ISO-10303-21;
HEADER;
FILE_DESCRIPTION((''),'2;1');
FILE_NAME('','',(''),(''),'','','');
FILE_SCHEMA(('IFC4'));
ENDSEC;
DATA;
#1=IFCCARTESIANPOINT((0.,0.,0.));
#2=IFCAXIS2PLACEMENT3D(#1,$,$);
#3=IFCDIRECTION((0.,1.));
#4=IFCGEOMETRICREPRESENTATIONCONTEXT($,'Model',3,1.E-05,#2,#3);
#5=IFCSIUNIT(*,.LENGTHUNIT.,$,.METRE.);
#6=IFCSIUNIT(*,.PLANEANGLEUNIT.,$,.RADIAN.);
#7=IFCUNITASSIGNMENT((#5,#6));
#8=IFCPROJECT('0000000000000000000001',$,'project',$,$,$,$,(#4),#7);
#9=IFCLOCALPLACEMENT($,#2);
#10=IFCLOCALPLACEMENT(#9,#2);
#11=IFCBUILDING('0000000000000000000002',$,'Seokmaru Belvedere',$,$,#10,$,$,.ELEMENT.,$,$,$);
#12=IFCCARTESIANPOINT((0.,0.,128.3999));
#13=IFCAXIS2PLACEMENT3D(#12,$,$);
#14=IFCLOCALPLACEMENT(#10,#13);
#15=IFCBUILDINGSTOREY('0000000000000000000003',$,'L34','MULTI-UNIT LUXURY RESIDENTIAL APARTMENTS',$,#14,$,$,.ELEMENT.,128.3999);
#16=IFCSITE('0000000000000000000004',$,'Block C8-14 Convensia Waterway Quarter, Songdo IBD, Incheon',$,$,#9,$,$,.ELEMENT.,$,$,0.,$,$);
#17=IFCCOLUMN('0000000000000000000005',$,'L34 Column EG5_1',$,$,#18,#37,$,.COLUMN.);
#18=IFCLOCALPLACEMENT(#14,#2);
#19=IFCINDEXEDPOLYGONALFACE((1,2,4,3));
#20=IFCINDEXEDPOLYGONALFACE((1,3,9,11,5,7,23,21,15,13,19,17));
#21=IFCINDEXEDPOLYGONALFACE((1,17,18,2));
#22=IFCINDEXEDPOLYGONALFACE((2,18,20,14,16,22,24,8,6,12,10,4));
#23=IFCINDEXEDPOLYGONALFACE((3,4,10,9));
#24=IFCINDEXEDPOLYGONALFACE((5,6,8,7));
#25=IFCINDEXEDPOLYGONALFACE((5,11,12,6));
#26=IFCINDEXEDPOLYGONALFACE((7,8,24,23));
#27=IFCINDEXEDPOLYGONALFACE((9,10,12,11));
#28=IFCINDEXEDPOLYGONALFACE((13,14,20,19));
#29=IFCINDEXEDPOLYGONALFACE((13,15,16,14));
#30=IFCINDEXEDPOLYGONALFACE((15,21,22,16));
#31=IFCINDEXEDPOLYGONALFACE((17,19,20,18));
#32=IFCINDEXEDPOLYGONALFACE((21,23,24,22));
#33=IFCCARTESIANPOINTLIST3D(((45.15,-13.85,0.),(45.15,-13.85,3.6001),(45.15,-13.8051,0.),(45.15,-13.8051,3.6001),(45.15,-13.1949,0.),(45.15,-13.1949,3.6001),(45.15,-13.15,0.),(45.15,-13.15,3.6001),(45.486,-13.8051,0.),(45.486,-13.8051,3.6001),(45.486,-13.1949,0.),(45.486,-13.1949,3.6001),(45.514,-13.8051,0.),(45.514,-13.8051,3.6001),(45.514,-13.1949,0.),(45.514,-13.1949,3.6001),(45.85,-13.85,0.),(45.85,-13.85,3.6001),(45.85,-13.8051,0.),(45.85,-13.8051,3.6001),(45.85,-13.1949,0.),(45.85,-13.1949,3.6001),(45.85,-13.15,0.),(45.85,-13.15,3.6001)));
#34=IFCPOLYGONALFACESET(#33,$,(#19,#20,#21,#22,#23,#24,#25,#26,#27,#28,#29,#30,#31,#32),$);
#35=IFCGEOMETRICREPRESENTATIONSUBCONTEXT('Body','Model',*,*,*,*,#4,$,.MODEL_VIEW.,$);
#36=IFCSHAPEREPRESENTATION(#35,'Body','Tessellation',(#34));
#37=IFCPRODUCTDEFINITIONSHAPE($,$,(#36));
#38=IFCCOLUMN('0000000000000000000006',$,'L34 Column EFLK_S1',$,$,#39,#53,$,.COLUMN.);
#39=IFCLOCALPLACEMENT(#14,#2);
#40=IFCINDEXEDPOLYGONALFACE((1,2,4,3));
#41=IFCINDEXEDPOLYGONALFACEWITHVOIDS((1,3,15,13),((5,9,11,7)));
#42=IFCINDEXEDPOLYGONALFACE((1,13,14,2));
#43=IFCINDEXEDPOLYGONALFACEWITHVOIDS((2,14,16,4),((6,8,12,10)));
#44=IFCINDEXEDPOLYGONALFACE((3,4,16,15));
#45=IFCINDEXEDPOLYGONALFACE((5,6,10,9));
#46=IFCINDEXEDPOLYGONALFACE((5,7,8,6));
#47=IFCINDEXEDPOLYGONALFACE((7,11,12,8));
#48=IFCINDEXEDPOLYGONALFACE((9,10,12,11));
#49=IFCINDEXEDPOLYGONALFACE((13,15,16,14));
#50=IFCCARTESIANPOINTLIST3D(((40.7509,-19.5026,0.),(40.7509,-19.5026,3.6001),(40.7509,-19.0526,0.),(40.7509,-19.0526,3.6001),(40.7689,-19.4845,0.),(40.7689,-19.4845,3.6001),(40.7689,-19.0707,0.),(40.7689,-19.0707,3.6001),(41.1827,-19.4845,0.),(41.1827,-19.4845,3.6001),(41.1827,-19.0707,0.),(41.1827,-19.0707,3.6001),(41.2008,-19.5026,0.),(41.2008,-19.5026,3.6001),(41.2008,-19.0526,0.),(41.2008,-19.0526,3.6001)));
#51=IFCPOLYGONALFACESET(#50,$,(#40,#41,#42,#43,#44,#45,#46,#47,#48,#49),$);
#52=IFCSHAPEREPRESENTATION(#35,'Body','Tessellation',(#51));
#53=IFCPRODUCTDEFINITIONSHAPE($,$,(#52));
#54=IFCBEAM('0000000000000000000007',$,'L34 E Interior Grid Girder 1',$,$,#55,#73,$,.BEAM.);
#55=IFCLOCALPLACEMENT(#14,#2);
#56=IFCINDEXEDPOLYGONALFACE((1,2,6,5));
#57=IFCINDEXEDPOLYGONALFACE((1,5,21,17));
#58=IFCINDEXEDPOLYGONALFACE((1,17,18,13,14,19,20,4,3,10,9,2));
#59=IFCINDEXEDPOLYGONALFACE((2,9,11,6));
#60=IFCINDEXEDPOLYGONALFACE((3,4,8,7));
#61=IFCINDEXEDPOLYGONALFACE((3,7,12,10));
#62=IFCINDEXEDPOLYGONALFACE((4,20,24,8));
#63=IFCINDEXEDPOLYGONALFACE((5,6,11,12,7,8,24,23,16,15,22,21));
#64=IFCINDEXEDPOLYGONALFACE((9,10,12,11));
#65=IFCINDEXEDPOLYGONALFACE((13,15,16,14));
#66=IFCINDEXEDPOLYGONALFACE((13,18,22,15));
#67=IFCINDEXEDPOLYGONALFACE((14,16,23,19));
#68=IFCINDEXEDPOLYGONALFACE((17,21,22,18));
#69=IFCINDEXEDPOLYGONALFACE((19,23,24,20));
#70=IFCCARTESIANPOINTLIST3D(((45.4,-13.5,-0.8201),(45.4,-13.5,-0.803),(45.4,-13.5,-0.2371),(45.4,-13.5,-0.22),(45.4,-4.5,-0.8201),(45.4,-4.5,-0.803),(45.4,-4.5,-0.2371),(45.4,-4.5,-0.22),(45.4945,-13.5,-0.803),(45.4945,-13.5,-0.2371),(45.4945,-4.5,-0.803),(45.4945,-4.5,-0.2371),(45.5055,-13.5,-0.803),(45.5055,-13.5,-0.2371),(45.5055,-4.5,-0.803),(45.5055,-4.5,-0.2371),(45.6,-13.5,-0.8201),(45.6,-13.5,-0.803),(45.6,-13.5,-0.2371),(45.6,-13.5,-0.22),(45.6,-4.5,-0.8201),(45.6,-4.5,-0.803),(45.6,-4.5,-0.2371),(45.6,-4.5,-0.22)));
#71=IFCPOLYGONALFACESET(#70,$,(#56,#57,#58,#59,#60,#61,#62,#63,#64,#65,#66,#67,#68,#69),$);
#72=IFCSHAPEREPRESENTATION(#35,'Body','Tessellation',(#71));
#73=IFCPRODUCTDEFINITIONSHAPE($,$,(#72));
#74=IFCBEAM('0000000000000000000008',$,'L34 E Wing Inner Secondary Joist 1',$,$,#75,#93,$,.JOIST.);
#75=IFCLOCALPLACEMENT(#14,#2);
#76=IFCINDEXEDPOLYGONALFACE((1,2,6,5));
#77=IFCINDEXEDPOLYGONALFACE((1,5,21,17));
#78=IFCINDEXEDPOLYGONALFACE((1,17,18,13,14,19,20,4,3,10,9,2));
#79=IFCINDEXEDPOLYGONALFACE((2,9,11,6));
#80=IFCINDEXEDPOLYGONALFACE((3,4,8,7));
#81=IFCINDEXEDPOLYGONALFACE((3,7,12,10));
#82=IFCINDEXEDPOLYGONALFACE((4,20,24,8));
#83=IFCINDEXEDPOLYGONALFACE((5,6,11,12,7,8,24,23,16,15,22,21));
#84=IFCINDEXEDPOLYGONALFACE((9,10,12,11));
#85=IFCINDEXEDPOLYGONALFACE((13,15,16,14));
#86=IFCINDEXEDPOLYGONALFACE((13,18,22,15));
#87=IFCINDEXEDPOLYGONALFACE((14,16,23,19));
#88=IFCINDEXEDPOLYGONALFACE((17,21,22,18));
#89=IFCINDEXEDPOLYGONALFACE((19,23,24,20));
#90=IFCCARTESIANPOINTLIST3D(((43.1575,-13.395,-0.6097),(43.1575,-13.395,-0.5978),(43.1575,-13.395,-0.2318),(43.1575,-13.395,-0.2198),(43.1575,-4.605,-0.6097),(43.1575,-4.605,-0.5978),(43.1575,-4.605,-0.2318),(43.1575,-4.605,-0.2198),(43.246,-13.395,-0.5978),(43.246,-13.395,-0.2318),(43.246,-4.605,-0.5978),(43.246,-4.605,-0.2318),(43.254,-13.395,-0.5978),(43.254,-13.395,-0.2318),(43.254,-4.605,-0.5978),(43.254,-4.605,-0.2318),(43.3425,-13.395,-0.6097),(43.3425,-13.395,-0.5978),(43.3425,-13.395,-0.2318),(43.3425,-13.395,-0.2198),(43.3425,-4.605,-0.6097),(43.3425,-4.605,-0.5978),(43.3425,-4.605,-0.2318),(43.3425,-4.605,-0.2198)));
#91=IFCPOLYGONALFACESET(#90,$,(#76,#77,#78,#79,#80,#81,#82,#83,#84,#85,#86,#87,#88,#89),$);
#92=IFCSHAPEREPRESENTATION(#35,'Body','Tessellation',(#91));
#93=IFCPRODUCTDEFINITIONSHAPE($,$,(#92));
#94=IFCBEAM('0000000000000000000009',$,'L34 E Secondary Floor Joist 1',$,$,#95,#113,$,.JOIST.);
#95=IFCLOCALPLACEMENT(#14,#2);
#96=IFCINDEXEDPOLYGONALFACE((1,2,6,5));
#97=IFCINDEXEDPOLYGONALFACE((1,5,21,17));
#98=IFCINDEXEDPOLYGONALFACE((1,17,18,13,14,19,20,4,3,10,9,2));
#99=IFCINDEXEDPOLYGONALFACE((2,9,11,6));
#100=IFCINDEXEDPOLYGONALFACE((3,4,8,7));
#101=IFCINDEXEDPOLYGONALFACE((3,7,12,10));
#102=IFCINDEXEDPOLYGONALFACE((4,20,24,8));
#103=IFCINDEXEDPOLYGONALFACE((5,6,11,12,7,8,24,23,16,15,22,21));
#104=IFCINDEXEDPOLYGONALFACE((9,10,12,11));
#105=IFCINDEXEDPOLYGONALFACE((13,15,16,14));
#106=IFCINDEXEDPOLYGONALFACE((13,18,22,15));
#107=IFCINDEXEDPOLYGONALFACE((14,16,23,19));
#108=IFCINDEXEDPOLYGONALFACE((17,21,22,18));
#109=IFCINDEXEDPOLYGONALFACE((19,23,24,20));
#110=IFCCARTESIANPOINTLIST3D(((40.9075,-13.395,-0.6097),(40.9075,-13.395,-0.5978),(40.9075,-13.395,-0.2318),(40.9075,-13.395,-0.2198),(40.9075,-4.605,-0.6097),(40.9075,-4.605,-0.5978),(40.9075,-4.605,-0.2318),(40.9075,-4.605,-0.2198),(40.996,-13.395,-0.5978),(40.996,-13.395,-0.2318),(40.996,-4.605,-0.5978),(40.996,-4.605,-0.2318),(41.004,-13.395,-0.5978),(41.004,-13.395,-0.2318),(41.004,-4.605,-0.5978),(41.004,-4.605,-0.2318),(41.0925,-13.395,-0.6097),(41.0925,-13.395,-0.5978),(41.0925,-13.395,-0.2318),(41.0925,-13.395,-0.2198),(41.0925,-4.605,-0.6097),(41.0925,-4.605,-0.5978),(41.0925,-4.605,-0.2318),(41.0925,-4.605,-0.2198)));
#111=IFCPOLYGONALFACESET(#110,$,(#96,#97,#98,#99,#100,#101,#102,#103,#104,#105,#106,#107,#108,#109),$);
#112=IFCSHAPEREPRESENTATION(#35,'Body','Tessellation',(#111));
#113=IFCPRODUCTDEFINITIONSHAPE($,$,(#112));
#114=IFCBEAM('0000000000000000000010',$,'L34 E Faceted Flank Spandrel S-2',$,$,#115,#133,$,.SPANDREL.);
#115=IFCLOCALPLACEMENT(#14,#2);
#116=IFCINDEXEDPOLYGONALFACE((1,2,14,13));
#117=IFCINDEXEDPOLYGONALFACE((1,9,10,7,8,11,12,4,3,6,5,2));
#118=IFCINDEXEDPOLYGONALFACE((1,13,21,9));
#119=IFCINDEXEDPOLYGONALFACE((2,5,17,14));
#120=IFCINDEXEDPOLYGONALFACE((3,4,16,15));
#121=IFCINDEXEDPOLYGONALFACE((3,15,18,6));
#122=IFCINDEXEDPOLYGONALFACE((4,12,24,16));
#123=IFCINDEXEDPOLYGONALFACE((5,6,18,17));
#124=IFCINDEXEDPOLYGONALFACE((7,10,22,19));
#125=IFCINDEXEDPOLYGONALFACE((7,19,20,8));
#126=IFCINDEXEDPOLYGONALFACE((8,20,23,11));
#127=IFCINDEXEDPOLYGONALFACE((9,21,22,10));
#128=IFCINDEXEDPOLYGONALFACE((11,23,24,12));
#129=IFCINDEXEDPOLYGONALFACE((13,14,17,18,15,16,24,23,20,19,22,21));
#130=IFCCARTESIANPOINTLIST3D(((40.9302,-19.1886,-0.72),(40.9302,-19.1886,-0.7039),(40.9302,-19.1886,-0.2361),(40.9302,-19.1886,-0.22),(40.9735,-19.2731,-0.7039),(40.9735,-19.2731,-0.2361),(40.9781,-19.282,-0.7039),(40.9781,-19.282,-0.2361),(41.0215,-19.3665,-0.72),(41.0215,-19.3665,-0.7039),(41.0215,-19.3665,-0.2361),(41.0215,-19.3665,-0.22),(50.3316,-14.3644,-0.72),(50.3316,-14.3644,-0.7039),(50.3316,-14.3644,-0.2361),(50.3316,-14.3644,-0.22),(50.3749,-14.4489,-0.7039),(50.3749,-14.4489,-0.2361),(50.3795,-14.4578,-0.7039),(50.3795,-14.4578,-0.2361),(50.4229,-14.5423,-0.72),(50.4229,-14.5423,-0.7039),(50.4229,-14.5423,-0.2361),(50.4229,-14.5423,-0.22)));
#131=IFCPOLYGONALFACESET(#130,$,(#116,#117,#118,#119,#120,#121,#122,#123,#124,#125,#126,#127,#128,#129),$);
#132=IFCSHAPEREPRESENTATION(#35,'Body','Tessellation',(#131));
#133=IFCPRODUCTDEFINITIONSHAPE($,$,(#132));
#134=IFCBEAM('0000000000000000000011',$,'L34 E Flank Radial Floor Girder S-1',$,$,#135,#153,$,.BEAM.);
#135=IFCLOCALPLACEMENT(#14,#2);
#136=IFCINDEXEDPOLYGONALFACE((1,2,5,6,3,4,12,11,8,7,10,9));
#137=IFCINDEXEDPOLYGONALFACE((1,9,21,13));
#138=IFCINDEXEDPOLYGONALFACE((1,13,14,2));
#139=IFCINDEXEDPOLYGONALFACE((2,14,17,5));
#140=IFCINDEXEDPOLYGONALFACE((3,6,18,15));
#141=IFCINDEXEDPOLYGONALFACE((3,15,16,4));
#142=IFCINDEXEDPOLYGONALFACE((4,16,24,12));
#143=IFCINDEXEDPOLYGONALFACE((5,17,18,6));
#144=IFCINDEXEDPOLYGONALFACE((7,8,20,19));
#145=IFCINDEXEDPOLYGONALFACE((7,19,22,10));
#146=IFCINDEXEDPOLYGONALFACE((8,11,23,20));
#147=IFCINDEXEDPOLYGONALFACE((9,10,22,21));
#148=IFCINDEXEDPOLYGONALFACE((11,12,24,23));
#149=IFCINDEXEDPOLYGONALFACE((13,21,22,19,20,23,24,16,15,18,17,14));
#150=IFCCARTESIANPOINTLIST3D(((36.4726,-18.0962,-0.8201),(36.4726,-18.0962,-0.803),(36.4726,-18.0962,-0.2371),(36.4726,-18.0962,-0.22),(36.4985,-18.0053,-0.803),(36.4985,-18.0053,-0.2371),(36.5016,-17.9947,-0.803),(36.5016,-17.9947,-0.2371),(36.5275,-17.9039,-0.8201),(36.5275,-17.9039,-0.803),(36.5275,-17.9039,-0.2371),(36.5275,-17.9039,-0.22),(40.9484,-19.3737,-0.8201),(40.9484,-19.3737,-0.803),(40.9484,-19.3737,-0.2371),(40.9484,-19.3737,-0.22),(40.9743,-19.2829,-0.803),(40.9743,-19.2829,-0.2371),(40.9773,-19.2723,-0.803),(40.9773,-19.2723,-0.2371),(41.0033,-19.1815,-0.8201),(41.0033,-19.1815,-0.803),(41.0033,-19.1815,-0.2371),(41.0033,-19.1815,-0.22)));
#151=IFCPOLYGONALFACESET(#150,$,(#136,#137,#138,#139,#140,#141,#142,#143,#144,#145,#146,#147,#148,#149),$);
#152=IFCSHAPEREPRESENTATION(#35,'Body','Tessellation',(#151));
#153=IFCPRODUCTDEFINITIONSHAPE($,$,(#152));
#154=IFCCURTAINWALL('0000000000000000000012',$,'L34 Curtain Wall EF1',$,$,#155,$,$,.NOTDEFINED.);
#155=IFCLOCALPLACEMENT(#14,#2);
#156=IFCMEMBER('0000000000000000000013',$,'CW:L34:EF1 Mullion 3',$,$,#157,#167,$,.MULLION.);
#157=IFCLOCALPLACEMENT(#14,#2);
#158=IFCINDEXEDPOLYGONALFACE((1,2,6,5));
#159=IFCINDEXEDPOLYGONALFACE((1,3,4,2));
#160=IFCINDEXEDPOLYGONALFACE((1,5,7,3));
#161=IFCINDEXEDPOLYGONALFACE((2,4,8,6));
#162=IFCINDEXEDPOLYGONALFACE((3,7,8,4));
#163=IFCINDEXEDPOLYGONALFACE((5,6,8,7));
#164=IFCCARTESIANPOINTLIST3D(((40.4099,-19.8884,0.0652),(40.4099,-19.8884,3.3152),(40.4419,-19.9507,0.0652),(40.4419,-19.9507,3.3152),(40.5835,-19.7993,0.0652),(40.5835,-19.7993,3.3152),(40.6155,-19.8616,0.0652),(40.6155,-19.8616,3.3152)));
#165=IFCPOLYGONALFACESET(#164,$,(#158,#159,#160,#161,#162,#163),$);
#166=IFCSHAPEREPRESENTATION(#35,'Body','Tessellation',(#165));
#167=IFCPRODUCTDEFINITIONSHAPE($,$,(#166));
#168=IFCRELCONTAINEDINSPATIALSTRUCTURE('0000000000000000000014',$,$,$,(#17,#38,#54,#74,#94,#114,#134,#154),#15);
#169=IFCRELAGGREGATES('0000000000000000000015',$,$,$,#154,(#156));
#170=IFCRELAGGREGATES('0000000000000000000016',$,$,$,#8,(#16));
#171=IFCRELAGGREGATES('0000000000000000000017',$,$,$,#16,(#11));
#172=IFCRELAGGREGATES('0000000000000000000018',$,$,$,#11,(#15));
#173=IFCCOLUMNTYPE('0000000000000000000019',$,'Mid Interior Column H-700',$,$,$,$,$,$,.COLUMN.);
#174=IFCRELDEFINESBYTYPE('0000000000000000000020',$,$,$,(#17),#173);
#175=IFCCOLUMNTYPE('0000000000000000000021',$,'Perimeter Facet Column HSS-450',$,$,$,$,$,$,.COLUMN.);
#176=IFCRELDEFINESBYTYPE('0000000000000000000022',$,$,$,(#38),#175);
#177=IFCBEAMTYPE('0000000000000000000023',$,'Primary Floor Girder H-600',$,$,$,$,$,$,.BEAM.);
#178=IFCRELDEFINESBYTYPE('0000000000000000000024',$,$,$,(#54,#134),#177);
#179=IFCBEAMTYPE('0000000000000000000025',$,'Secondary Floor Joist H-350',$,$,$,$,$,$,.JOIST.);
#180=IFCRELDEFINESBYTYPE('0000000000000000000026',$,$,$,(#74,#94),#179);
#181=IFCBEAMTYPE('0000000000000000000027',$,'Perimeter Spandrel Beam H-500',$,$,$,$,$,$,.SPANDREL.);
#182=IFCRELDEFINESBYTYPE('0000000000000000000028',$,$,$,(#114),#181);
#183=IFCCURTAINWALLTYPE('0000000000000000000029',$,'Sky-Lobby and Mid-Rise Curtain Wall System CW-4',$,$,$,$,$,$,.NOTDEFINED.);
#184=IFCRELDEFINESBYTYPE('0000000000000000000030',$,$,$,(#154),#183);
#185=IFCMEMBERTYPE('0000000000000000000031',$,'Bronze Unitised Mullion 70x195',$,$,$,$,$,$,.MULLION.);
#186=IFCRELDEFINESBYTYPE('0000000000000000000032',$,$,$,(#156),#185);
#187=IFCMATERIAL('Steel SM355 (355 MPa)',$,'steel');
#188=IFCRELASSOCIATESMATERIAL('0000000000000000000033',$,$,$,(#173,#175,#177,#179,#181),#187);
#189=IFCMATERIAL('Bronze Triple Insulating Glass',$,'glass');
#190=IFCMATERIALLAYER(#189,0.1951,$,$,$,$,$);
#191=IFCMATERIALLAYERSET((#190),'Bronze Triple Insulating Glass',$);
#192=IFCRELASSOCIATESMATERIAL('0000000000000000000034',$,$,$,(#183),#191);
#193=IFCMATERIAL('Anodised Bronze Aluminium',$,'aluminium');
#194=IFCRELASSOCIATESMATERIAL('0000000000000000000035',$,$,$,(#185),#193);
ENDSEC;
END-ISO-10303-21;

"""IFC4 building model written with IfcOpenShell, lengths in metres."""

from ifc_helpers import new_model, si_unit, direction, frame, origin, origin_2d, place, context, subcontext, project, spatial, rectangle, hollow_rectangle, i_section, extrude, source, transform, mapped, material, layer, layer_set, material_profile, profile_set, type_object, type_shapes, element, aggregate, save


model = new_model("IFC4")

# Units and contexts
model_context = context("Model", 3, precision=1e-05, world=origin(), true_north=direction((0.0, 1.0)))
body_context = subcontext(model_context, "Body", "Model", "MODEL_VIEW")
ifc_project = project(units=[si_unit("LENGTHUNIT", "METRE"), si_unit("PLANEANGLEUNIT", "RADIAN")], contexts=[model_context])

# Site, building, storey
site_placement = place(None, origin())
site = spatial("IfcSite", under=ifc_project, at=site_placement, Name="Block C8-14 Convensia Waterway Quarter, Songdo IBD, Incheon", CompositionType="ELEMENT", RefElevation=0.0)
building_placement = place(site_placement, origin())
building = spatial("IfcBuilding", under=site, at=building_placement, Name="Seokmaru Belvedere", CompositionType="ELEMENT")
storey_placement = place(building_placement, frame((0.0, 0.0, 128.3999)))
storey = spatial("IfcBuildingStorey", under=building, at=storey_placement, Name="L34", Description="MULTI-UNIT LUXURY RESIDENTIAL APARTMENTS", CompositionType="ELEMENT", Elevation=128.3999)

# Columns
ifc_material_1 = material(Name="Steel SM355 (355 MPa)", Category="steel")
ifc_material_profile_1 = material_profile(ifc_material_1, i_section(OverallWidth=0.7, OverallDepth=0.7, WebThickness=0.0281, FlangeThickness=0.0449, at=origin_2d()), Name="H-700x700x28x45")
ifc_profile_set_1 = profile_set([ifc_material_profile_1], Name="Steel SM355 (355 MPa)")
column_type_1 = type_object("IfcColumnType", Name="Mid Interior Column H-700", PredefinedType="COLUMN", material=ifc_profile_set_1)
shared_shape_1 = source(origin(), body_context, "Body", "SweptSolid", [
    extrude(i_section(OverallWidth=0.7, OverallDepth=0.7, WebThickness=0.0281, FlangeThickness=0.0449, at=origin_2d()), origin(), (0.0, 0.0, 1.0), 3.6001),
])
type_shapes(column_type_1, [shared_shape_1])
column_1_placement = place(storey_placement, frame((45.5, -13.5, 0.0), z_axis=(0.0, 0.0, 1.0), x_axis=(1.0, 0.0, 0.0)))
element("IfcColumn", 1, at=column_1_placement, inside=storey, type_object=column_type_1, Name="L34 Column EG5_1", PredefinedType="COLUMN", context=body_context, shape_type="MappedRepresentation", body=[
    mapped(shared_shape_1, transform((0.0, 0.0, 0.0), scale=1.0)),
])
ifc_material_profile_2 = material_profile(ifc_material_1, hollow_rectangle(XDim=0.45, YDim=0.45, WallThickness=0.0181, at=origin_2d()), Name="HSS-450x450x18")
ifc_profile_set_2 = profile_set([ifc_material_profile_2], Name="Steel SM355 (355 MPa)")
column_type_2 = type_object("IfcColumnType", Name="Perimeter Facet Column HSS-450", PredefinedType="COLUMN", material=ifc_profile_set_2)
shared_shape_2 = source(origin(), body_context, "Body", "SweptSolid", [
    extrude(hollow_rectangle(XDim=0.45, YDim=0.45, WallThickness=0.0181, at=origin_2d()), origin(), (0.0, 0.0, 1.0), 3.6001),
])
type_shapes(column_type_2, [shared_shape_2])
column_2_placement = place(storey_placement, frame((40.9758, -19.2776, 0.0), z_axis=(0.0, 0.0, 1.0), x_axis=(1.0, 0.0, 0.0)))
element("IfcColumn", 2, at=column_2_placement, inside=storey, type_object=column_type_2, Name="L34 Column EFLK_S1", PredefinedType="COLUMN", context=body_context, shape_type="MappedRepresentation", body=[
    mapped(shared_shape_2, transform((0.0, 0.0, 0.0), scale=1.0)),
])

# Beams
ifc_material_profile_3 = material_profile(ifc_material_1, i_section(OverallWidth=0.2, OverallDepth=0.6001, WebThickness=0.011, FlangeThickness=0.0171, at=origin_2d()), Name="H-600x200x11x17")
ifc_profile_set_3 = profile_set([ifc_material_profile_3], Name="Steel SM355 (355 MPa)")
beam_type_1 = type_object("IfcBeamType", Name="Primary Floor Girder H-600", PredefinedType="BEAM", material=ifc_profile_set_3)
shared_shape_3 = source(origin(), body_context, "Body", "SweptSolid", [
    extrude(i_section(OverallWidth=0.2, OverallDepth=0.6001, WebThickness=0.011, FlangeThickness=0.0171, at=origin_2d()), origin(), (0.0, 0.0, 1.0), 9.0),
])
beam_1_placement = place(storey_placement, frame((45.5, -13.5, -0.52), z_axis=(0.0, 1.0, 0.0), x_axis=(-1.0, 0.0, 0.0)))
element("IfcBeam", 3, at=beam_1_placement, inside=storey, type_object=beam_type_1, Name="L34 E Interior Grid Girder 1", PredefinedType="BEAM", context=body_context, shape_type="MappedRepresentation", body=[
    mapped(shared_shape_3, transform((0.0, 0.0, 0.0), scale=1.0)),
])
ifc_material_profile_4 = material_profile(ifc_material_1, i_section(OverallWidth=0.1851, OverallDepth=0.3899, WebThickness=0.0081, FlangeThickness=0.012, at=origin_2d()), Name="H-390x185x8x12")
ifc_profile_set_4 = profile_set([ifc_material_profile_4], Name="Steel SM355 (355 MPa)")
beam_type_2 = type_object("IfcBeamType", Name="Secondary Floor Joist H-350", PredefinedType="JOIST", material=ifc_profile_set_4)
shared_shape_4 = source(origin(), body_context, "Body", "SweptSolid", [
    extrude(i_section(OverallWidth=0.1851, OverallDepth=0.3899, WebThickness=0.0081, FlangeThickness=0.012, at=origin_2d()), origin(), (0.0, 0.0, 1.0), 8.79),
])
type_shapes(beam_type_2, [shared_shape_4])
for number, where, z_axis, x_axis, name in (
    (4, (43.25, -13.395, -0.4148), (0.0, 1.0, 0.0), (-1.0, 0.0, 0.0), "L34 E Wing Inner Secondary Joist 1"),
    (5, (41.0, -13.395, -0.4148), (0.0, 1.0, 0.0), (-1.0, 0.0, 0.0), "L34 E Secondary Floor Joist 1"),
):
    element("IfcBeam", number, at=place(storey_placement, frame(where, z_axis=z_axis, x_axis=x_axis)), inside=storey, type_object=beam_type_2, Name=name, PredefinedType="JOIST", context=body_context, shape_type="MappedRepresentation", body=[
        mapped(shared_shape_4, transform((0.0, 0.0, 0.0), scale=1.0)),
    ])
ifc_material_profile_5 = material_profile(ifc_material_1, i_section(OverallWidth=0.2, OverallDepth=0.5, WebThickness=0.01, FlangeThickness=0.0161, at=origin_2d()), Name="H-500x200x10x16")
ifc_profile_set_5 = profile_set([ifc_material_profile_5], Name="Steel SM355 (355 MPa)")
beam_type_3 = type_object("IfcBeamType", Name="Perimeter Spandrel Beam H-500", PredefinedType="SPANDREL", material=ifc_profile_set_5)
shared_shape_5 = source(origin(), body_context, "Body", "SweptSolid", [
    extrude(i_section(OverallWidth=0.2, OverallDepth=0.5, WebThickness=0.01, FlangeThickness=0.0161, at=origin_2d()), origin(), (0.0, 0.0, 1.0), 10.5669),
])
type_shapes(beam_type_3, [shared_shape_5])
beam_2_placement = place(storey_placement, frame((40.9758, -19.2776, -0.47), z_axis=(0.889702, 0.456542, 0.0), x_axis=(-0.456542, 0.889702, 0.0)))
element("IfcBeam", 6, at=beam_2_placement, inside=storey, type_object=beam_type_3, Name="L34 E Faceted Flank Spandrel S-2", PredefinedType="SPANDREL", context=body_context, shape_type="MappedRepresentation", body=[
    mapped(shared_shape_5, transform((0.0, 0.0, 0.0), scale=1.0)),
])
shared_shape_6 = source(origin(), body_context, "Body", "SweptSolid", [
    extrude(i_section(OverallWidth=0.2, OverallDepth=0.6001, WebThickness=0.011, FlangeThickness=0.0171, at=origin_2d()), origin(), (0.0, 0.0, 1.0), 4.6545),
])
type_shapes(beam_type_1, [shared_shape_3, shared_shape_6])
beam_3_placement = place(storey_placement, frame((40.9758, -19.2776, -0.52), z_axis=(-0.961593, 0.274479, 0.0), x_axis=(-0.274479, -0.961593, 0.0)))
element("IfcBeam", 7, at=beam_3_placement, inside=storey, type_object=beam_type_1, Name="L34 E Flank Radial Floor Girder S-1", PredefinedType="BEAM", context=body_context, shape_type="MappedRepresentation", body=[
    mapped(shared_shape_6, transform((0.0, 0.0, 0.0), scale=1.0)),
])

# Curtain wall, member
ifc_material_2 = material(Name="Bronze Triple Insulating Glass", Category="glass")
ifc_layer_1 = layer(ifc_material_2, 0.1951)
ifc_layer_set_1 = layer_set([ifc_layer_1], Name="Bronze Triple Insulating Glass")
curtain_wall_type = type_object("IfcCurtainWallType", Name="Sky-Lobby and Mid-Rise Curtain Wall System CW-4", PredefinedType="NOTDEFINED", material=ifc_layer_set_1)
curtain_wall_placement = place(storey_placement, origin())
curtain_wall = element("IfcCurtainWall", 8, at=curtain_wall_placement, inside=storey, type_object=curtain_wall_type, Name="L34 Curtain Wall EF1", PredefinedType="NOTDEFINED")
ifc_material_3 = material(Name="Anodised Bronze Aluminium", Category="aluminium")
ifc_material_profile_6 = material_profile(ifc_material_3, rectangle(XDim=0.0701, YDim=0.1951, at=origin_2d()), Name="CW-M-70x195")
ifc_profile_set_6 = profile_set([ifc_material_profile_6], Name="Anodised Bronze Aluminium")
member_type = type_object("IfcMemberType", Name="Bronze Unitised Mullion 70x195", PredefinedType="MULLION", material=ifc_profile_set_6)
shared_shape_7 = source(origin(), body_context, "Body", "SweptSolid", [
    extrude(rectangle(XDim=0.0701, YDim=0.1951, at=origin_2d()), origin(), (0.0, 0.0, 1.0), 3.25),
])
type_shapes(member_type, [shared_shape_7])
member_1_placement = place(storey_placement, frame((40.5127, -19.875, 0.0652), z_axis=(0.0, 0.0, 1.0), x_axis=(-0.456555, 0.889695, 0.0)))
member_1 = element("IfcMember", 9, at=member_1_placement, type_object=member_type, Name="CW:L34:EF1 Mullion 3", PredefinedType="MULLION", context=body_context, shape_type="MappedRepresentation", body=[
    mapped(shared_shape_7, transform((0.0, 0.0, 0.0), scale=1.0)),
])
aggregate(curtain_wall, [member_1])

save(model, "model.ifc")
